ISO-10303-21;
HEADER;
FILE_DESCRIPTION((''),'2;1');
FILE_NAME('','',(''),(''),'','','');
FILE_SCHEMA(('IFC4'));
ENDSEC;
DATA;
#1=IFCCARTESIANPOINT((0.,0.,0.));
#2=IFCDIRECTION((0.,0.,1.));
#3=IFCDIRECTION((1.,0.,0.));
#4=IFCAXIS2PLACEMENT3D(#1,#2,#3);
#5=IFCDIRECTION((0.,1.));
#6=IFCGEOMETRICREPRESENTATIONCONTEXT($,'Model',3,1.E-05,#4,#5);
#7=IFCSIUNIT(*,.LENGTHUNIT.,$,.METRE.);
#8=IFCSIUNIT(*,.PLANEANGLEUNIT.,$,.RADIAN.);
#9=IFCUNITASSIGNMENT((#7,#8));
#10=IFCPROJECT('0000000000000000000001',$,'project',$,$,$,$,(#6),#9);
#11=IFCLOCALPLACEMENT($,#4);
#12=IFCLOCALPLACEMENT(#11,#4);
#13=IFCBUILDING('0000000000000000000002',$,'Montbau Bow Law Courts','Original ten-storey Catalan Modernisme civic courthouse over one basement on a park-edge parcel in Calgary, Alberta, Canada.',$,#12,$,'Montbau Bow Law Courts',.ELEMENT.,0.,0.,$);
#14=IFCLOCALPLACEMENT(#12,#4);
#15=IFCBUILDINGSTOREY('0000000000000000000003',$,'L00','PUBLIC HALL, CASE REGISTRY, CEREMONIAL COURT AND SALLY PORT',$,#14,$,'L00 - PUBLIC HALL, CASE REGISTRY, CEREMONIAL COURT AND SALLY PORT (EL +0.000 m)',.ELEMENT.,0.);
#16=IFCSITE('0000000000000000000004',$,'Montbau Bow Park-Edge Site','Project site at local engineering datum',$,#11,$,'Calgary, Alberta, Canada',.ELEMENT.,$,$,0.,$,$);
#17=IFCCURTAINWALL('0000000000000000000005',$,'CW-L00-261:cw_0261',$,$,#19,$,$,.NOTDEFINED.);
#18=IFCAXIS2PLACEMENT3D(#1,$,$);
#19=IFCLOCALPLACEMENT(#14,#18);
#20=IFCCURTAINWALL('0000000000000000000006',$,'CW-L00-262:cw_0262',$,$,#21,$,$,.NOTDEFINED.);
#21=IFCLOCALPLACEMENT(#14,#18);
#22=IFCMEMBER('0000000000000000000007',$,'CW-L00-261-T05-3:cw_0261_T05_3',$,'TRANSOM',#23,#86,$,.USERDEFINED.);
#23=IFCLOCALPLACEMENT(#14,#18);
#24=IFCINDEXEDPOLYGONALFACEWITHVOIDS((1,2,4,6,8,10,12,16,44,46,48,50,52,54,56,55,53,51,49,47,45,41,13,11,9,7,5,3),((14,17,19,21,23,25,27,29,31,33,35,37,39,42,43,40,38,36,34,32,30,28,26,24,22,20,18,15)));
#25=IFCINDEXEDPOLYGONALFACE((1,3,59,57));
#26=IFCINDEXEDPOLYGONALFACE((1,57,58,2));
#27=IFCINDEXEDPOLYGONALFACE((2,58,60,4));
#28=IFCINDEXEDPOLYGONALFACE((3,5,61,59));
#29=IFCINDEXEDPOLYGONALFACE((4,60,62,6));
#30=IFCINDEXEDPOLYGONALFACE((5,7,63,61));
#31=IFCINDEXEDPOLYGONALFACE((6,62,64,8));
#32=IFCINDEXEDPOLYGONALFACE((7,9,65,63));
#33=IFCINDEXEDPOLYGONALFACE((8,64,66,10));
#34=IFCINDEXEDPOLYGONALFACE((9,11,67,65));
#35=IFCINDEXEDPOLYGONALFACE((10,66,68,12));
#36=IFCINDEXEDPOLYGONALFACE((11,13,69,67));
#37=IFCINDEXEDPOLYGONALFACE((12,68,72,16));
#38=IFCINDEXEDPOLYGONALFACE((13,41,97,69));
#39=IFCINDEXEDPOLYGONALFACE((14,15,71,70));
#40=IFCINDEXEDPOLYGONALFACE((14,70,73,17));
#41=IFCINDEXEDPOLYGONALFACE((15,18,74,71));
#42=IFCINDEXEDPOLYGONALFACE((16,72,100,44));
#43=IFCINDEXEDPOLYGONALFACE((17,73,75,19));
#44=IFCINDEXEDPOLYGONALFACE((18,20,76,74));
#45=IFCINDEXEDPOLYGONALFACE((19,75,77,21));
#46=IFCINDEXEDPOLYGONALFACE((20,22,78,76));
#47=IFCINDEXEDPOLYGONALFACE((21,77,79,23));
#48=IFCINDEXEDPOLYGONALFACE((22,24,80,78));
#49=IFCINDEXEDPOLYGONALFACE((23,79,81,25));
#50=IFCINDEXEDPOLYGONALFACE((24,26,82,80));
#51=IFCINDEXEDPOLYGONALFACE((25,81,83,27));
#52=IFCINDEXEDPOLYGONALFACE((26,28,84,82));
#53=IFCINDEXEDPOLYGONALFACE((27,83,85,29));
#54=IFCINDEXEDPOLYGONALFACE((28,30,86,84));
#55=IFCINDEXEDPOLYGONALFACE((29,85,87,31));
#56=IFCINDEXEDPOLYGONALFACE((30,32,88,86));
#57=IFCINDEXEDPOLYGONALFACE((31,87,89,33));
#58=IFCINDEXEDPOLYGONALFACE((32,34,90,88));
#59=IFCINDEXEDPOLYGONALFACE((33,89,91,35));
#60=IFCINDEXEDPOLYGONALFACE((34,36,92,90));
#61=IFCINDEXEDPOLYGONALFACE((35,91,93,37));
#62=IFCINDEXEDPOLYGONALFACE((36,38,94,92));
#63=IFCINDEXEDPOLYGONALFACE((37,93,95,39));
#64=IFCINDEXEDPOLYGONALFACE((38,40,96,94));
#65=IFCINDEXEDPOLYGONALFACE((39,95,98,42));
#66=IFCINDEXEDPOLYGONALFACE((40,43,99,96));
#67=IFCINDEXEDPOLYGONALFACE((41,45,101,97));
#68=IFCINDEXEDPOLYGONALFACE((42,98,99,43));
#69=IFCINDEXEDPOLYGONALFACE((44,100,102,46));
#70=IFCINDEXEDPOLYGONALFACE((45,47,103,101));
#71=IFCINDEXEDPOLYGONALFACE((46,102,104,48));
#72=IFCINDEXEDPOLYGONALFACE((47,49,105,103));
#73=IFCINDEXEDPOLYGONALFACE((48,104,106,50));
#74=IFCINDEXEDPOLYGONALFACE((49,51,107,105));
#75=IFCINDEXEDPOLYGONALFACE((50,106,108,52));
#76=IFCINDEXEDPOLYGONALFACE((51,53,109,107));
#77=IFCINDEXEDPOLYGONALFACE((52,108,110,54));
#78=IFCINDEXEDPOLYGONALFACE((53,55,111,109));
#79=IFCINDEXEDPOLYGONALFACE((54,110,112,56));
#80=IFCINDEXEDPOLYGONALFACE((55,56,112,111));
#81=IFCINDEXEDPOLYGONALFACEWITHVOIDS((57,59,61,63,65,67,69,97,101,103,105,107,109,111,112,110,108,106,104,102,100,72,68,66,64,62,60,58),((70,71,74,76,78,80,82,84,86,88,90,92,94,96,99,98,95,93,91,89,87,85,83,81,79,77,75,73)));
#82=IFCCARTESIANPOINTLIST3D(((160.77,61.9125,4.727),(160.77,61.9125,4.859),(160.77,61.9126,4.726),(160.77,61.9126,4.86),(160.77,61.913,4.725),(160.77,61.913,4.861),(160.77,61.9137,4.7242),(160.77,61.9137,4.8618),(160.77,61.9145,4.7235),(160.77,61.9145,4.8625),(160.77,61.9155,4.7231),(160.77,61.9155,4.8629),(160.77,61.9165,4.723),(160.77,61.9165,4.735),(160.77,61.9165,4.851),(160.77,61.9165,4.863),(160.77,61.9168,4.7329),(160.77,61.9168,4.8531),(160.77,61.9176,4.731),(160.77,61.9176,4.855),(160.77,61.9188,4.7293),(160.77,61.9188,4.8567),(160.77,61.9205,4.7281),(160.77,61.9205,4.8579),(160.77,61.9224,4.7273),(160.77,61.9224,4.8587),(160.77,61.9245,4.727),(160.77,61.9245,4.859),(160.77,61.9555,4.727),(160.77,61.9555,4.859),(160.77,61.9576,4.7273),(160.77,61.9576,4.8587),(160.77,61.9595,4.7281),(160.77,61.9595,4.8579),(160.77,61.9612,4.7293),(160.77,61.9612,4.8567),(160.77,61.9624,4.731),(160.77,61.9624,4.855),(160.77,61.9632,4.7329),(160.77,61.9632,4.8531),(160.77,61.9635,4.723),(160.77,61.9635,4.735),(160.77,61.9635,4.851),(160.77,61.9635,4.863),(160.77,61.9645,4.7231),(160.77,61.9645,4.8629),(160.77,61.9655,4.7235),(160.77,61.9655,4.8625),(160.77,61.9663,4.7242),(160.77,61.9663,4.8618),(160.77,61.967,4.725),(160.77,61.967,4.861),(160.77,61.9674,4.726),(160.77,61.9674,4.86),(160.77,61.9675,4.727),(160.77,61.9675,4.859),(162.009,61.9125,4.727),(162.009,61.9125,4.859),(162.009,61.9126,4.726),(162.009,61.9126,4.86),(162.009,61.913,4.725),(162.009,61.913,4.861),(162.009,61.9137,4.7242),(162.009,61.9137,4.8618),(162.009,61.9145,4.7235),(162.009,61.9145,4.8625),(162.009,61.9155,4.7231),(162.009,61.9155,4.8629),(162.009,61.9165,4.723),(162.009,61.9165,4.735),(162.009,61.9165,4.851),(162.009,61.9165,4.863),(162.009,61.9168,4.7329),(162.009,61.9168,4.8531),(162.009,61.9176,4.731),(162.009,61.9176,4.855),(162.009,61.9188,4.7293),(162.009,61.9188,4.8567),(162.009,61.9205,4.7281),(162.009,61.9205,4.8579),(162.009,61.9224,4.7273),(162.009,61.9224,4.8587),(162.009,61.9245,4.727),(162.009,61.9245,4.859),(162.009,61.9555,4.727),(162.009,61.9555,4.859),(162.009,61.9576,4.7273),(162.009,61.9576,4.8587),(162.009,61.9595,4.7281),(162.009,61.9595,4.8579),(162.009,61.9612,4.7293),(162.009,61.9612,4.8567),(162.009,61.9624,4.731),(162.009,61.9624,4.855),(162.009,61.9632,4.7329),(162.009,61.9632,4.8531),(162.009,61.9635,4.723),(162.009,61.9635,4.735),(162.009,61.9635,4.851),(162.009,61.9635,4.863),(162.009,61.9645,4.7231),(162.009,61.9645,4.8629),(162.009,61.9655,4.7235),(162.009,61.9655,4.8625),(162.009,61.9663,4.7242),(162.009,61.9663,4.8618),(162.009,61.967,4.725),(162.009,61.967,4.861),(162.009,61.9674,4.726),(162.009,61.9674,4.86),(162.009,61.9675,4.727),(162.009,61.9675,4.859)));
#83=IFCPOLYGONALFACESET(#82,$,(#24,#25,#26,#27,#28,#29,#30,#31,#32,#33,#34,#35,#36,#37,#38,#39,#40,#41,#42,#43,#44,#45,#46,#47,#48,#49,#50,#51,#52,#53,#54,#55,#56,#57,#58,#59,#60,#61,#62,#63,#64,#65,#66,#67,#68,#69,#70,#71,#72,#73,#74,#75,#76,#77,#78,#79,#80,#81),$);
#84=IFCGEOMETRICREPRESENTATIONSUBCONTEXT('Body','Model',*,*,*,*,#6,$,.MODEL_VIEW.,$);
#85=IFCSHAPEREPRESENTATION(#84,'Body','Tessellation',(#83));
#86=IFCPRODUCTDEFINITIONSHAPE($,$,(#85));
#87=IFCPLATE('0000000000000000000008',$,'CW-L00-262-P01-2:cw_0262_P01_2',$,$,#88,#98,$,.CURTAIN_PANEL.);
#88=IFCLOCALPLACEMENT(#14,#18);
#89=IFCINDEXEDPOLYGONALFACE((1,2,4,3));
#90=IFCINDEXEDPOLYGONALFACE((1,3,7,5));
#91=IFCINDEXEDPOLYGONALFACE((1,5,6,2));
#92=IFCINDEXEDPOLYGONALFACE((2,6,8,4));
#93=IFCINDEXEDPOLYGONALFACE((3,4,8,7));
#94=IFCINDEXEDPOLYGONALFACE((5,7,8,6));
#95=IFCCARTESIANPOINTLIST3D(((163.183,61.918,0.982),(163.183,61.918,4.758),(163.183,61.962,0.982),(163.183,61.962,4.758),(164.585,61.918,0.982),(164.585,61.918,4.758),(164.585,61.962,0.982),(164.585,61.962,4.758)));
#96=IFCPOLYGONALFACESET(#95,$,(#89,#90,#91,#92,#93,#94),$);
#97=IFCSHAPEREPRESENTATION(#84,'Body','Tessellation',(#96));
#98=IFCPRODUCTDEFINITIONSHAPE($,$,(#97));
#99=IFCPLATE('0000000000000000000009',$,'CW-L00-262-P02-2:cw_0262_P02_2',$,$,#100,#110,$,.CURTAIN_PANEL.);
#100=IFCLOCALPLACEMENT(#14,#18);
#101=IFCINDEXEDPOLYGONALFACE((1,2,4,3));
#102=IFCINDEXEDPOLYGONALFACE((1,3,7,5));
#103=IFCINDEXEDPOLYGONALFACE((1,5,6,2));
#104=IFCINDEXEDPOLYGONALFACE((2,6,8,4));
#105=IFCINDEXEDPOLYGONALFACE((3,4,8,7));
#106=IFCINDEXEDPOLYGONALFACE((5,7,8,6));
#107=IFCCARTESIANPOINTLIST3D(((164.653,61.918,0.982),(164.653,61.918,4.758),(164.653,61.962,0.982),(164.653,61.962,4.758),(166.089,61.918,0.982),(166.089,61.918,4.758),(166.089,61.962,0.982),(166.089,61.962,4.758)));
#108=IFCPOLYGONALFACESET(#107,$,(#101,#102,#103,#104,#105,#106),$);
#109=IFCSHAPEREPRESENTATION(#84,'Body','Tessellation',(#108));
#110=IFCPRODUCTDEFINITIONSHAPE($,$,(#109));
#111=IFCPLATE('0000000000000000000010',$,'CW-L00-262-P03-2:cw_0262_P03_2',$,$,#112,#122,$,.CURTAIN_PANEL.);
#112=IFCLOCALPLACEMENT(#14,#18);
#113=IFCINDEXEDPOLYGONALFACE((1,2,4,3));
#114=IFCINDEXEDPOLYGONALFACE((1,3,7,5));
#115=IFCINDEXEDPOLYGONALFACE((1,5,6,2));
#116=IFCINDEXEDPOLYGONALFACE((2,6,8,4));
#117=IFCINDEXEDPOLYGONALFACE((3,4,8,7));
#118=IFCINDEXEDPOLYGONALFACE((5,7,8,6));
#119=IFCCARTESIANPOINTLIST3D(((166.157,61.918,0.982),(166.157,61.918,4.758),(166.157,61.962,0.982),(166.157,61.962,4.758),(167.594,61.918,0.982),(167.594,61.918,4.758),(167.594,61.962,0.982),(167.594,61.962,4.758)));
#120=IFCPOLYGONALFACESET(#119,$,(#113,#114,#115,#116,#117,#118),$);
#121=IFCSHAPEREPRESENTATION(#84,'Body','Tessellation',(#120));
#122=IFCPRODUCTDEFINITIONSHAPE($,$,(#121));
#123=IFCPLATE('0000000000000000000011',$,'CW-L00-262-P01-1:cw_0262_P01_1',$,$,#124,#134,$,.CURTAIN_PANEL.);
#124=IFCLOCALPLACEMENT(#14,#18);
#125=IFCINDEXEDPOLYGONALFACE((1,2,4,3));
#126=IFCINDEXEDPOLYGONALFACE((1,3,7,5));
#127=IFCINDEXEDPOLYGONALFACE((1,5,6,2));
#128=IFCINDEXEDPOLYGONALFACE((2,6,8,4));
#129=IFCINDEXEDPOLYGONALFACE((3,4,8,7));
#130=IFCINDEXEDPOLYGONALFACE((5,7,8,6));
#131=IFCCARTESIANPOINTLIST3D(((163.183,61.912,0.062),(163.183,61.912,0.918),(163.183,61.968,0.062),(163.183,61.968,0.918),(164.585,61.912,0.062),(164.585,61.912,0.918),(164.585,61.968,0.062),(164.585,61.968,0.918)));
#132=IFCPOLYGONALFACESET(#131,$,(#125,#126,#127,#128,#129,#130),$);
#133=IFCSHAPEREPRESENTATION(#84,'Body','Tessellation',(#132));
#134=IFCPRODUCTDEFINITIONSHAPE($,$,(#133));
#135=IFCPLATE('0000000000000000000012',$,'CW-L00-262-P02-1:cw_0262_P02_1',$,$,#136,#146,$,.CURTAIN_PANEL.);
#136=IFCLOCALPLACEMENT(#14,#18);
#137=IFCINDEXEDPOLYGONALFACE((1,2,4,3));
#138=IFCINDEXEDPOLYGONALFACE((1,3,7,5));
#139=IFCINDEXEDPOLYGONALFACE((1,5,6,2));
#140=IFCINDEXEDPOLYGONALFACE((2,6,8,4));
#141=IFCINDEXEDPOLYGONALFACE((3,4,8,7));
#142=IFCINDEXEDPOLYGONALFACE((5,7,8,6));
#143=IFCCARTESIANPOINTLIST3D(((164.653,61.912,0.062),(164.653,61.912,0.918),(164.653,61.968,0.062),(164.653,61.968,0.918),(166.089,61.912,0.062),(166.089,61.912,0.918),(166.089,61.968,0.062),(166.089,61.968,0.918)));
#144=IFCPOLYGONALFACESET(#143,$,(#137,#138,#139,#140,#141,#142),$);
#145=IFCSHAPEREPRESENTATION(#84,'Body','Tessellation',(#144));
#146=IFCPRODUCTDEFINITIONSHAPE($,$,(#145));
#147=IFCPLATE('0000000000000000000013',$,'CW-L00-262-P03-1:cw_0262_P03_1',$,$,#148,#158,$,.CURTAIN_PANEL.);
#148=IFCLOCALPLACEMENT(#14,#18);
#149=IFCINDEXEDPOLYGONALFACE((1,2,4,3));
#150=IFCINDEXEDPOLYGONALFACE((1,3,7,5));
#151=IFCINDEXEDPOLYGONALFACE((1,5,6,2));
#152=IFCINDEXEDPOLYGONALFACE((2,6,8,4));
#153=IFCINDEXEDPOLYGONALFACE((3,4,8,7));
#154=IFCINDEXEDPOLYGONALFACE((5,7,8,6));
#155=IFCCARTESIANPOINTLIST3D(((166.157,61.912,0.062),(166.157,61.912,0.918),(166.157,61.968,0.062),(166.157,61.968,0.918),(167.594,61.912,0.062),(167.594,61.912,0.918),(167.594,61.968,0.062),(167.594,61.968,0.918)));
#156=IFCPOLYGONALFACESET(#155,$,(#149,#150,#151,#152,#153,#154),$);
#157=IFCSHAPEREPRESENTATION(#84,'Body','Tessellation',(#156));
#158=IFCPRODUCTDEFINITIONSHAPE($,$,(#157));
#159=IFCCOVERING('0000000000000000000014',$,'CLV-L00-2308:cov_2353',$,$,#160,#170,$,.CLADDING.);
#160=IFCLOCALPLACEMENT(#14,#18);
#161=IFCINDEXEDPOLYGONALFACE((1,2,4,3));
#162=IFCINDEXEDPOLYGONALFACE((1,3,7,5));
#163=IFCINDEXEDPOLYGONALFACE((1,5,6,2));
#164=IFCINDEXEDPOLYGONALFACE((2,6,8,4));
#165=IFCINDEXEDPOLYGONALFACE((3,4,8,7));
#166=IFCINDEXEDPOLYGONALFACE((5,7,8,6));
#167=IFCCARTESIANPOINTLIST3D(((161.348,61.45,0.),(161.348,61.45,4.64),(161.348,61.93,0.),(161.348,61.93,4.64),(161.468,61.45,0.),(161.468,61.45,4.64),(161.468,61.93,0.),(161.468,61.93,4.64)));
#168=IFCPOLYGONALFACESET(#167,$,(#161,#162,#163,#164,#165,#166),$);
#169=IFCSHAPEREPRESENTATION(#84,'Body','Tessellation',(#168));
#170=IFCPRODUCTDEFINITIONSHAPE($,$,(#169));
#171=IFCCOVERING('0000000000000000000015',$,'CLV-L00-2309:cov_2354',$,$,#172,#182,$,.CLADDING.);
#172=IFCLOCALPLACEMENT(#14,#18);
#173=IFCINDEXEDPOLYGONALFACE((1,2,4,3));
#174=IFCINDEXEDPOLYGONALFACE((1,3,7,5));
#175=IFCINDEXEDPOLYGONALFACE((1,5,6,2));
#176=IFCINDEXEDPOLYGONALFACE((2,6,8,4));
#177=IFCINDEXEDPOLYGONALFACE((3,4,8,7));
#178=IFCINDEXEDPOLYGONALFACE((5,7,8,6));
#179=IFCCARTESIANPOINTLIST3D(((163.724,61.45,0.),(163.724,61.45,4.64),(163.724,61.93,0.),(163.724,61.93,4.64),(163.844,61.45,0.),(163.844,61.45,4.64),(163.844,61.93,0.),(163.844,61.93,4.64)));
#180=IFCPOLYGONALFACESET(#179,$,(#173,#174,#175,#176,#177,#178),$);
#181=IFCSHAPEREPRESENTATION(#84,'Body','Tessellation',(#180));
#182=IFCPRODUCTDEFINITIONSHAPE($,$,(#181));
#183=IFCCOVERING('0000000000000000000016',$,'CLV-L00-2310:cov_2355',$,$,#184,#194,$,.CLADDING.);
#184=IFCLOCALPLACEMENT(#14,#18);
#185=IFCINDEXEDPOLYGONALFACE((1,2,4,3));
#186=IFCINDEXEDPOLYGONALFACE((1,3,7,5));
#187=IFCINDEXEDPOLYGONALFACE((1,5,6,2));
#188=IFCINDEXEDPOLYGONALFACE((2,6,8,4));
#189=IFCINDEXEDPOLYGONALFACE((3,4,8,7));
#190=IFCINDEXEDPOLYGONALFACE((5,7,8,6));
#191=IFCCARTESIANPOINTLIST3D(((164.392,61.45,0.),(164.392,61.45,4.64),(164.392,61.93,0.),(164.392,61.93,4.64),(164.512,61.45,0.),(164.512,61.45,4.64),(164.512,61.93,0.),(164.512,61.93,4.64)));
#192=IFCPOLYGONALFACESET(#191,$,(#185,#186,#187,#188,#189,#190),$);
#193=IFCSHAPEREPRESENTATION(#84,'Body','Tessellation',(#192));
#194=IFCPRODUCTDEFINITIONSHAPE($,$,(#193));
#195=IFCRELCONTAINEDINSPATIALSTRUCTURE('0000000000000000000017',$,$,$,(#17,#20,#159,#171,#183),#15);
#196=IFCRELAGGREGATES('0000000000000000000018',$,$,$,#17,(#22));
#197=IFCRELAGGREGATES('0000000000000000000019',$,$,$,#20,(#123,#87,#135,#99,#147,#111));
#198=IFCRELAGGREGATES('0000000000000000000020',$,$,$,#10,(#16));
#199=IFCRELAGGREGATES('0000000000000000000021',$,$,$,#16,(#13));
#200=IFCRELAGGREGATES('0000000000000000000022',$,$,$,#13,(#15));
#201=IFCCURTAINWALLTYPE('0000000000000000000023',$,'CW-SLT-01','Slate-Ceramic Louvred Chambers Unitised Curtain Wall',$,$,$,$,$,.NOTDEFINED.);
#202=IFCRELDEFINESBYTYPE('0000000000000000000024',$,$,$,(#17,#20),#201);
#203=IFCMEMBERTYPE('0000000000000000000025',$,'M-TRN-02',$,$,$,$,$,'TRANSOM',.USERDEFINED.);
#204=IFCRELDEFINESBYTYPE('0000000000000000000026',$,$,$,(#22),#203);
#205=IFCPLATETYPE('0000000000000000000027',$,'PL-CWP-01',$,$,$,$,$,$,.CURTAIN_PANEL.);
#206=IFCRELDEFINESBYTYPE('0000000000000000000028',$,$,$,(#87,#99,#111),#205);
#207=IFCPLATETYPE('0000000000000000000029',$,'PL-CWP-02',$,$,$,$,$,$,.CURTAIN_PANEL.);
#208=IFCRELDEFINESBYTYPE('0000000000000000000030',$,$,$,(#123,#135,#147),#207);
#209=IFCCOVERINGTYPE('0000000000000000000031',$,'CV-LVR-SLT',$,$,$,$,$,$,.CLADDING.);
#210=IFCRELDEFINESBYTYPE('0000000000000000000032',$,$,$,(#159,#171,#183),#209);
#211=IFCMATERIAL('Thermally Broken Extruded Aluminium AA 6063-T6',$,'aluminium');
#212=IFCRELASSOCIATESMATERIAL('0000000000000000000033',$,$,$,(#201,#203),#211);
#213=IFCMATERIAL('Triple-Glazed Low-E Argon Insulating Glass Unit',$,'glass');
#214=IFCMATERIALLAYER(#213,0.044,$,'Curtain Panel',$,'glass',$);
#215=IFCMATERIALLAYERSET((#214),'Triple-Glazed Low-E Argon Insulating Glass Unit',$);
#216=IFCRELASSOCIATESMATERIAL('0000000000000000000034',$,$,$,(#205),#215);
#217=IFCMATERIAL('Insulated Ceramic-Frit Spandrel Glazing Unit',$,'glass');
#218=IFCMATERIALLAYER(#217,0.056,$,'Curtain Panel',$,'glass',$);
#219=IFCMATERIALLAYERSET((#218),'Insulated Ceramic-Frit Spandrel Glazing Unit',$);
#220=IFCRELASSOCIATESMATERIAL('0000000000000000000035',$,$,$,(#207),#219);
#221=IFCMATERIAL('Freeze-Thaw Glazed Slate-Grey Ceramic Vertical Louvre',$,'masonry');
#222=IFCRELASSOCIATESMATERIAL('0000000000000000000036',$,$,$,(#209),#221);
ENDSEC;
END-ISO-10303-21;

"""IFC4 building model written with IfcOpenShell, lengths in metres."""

from ifc_helpers import new_model, si_unit, direction, frame, frame_2d, origin_with_axes, origin_2d_with_axis, place, context, subcontext, project, spatial, rectangle, hollow_rectangle, extrude, material, layer, layer_set, material_profile, profile_set, type_object, element, aggregate, save


model = new_model("IFC4")

# Units and contexts
model_context = context("Model", 3, precision=1e-05, world=origin_with_axes(), true_north=direction((0.0, 1.0)))
body_context = subcontext(model_context, "Body", "Model", "MODEL_VIEW")
ifc_project = project(units=[si_unit("LENGTHUNIT", "METRE"), si_unit("PLANEANGLEUNIT", "RADIAN")], contexts=[model_context])

# Site, building, storey
site_placement = place(None, origin_with_axes())
site = spatial("IfcSite", under=ifc_project, at=site_placement, Name="Montbau Bow Park-Edge Site", Description="Project site at local engineering datum", LongName="Calgary, Alberta, Canada", CompositionType="ELEMENT", RefElevation=0.0)
building_placement = place(site_placement, origin_with_axes())
building = spatial("IfcBuilding", under=site, at=building_placement, Name="Montbau Bow Law Courts", Description="Original ten-storey Catalan Modernisme civic courthouse over one basement on a park-edge parcel in Calgary, Alberta, Canada.", LongName="Montbau Bow Law Courts", CompositionType="ELEMENT", ElevationOfRefHeight=0.0, ElevationOfTerrain=0.0)
storey_placement = place(building_placement, origin_with_axes())
storey = spatial("IfcBuildingStorey", under=building, at=storey_placement, Name="L00", Description="PUBLIC HALL, CASE REGISTRY, CEREMONIAL COURT AND SALLY PORT", LongName="L00 - PUBLIC HALL, CASE REGISTRY, CEREMONIAL COURT AND SALLY PORT (EL +0.000 m)", CompositionType="ELEMENT", Elevation=0.0)

# Curtain wall
ifc_material_1 = material(Name="Thermally Broken Extruded Aluminium AA 6063-T6", Category="aluminium")
curtain_wall_type = type_object("IfcCurtainWallType", Name="CW-SLT-01", Description="Slate-Ceramic Louvred Chambers Unitised Curtain Wall", PredefinedType="NOTDEFINED", material=ifc_material_1)
curtain_wall_1_placement = place(None, frame((155.315, 61.94, 0.0), z_axis=(0.0, 0.0, 1.0), x_axis=(1.0, 0.0, 0.0)))
curtain_wall_1 = element("IfcCurtainWall", 1, at=curtain_wall_1_placement, inside=storey, type_object=curtain_wall_type, Name="CW-L00-261:cw_0261", PredefinedType="NOTDEFINED")

# Curtain wall
curtain_wall_2_placement = place(None, frame((163.115, 61.94, 0.0), z_axis=(0.0, 0.0, 1.0), x_axis=(1.0, 0.0, 0.0)))
curtain_wall_2 = element("IfcCurtainWall", 2, at=curtain_wall_2_placement, inside=storey, type_object=curtain_wall_type, Name="CW-L00-262:cw_0262", PredefinedType="NOTDEFINED")

# Member
ifc_material_profile_1 = material_profile(ifc_material_1, hollow_rectangle(XDim=0.055, YDim=0.14, WallThickness=0.004, InnerFilletRadius=0.008, OuterFilletRadius=0.004, at=origin_2d_with_axis()), Name="CWT-140X55", Category="Main", Priority=0)
ifc_profile_set_1 = profile_set([ifc_material_profile_1], Name="Thermally Broken Extruded Aluminium AA 6063-T6")
member_type_1 = type_object("IfcMemberType", Name="M-TRN-02", ElementType="TRANSOM", PredefinedType="USERDEFINED", material=ifc_profile_set_1)
member_1_placement = place(None, frame((160.77, 61.94, 4.793), z_axis=(1.0, 0.0, 0.0), x_axis=(0.0, 1.0, 0.0)))
member_1 = element("IfcMember", 3, at=member_1_placement, type_object=member_type_1, Name="CW-L00-261-T05-3:cw_0261_T05_3", ObjectType="TRANSOM", PredefinedType="USERDEFINED", context=body_context, shape_type="SweptSolid", body=[
    extrude(hollow_rectangle(XDim=0.055, YDim=0.14, WallThickness=0.004, InnerFilletRadius=0.008, OuterFilletRadius=0.004, at=origin_2d_with_axis()), origin_with_axes(), (0.0, 0.0, 1.0), 1.239),
])
aggregate(curtain_wall_1, [member_1])

# Plates
ifc_material_2 = material(Name="Triple-Glazed Low-E Argon Insulating Glass Unit", Category="glass")
ifc_layer_1 = layer(ifc_material_2, 0.044, Name="Curtain Panel", Category="glass")
ifc_layer_set_1 = layer_set([ifc_layer_1], Name="Triple-Glazed Low-E Argon Insulating Glass Unit")
plate_type_1 = type_object("IfcPlateType", Name="PL-CWP-01", PredefinedType="CURTAIN_PANEL", material=ifc_layer_set_1)
plate_1_placement = place(None, frame((163.183, 61.94, 0.982), z_axis=(0.0, -1.0, 0.0), x_axis=(1.0, 0.0, 0.0)))
plate_1 = element("IfcPlate", 4, at=plate_1_placement, type_object=plate_type_1, Name="CW-L00-262-P01-2:cw_0262_P01_2", PredefinedType="CURTAIN_PANEL", context=body_context, shape_type="SweptSolid", body=[
    extrude(rectangle(XDim=1.402, YDim=3.776, at=frame_2d((0.701, 1.888), x_axis=(1.0, 0.0))), frame((0.0, 0.0, -0.022), z_axis=(0.0, 0.0, 1.0), x_axis=(1.0, 0.0, 0.0)), (0.0, 0.0, 1.0), 0.044),
])
plate_2_placement = place(None, frame((164.653, 61.94, 0.982), z_axis=(0.0, -1.0, 0.0), x_axis=(1.0, 0.0, 0.0)))
plate_2 = element("IfcPlate", 5, at=plate_2_placement, type_object=plate_type_1, Name="CW-L00-262-P02-2:cw_0262_P02_2", PredefinedType="CURTAIN_PANEL", context=body_context, shape_type="SweptSolid", body=[
    extrude(rectangle(XDim=1.436, YDim=3.776, at=frame_2d((0.718, 1.888), x_axis=(1.0, 0.0))), frame((0.0, 0.0, -0.022), z_axis=(0.0, 0.0, 1.0), x_axis=(1.0, 0.0, 0.0)), (0.0, 0.0, 1.0), 0.044),
])
plate_3_placement = place(None, frame((166.157, 61.94, 0.982), z_axis=(0.0, -1.0, 0.0), x_axis=(1.0, 0.0, 0.0)))
plate_3 = element("IfcPlate", 6, at=plate_3_placement, type_object=plate_type_1, Name="CW-L00-262-P03-2:cw_0262_P03_2", PredefinedType="CURTAIN_PANEL", context=body_context, shape_type="SweptSolid", body=[
    extrude(rectangle(XDim=1.437, YDim=3.776, at=frame_2d((0.7185, 1.888), x_axis=(1.0, 0.0))), frame((0.0, 0.0, -0.022), z_axis=(0.0, 0.0, 1.0), x_axis=(1.0, 0.0, 0.0)), (0.0, 0.0, 1.0), 0.044),
])
ifc_material_3 = material(Name="Insulated Ceramic-Frit Spandrel Glazing Unit", Category="glass")
ifc_layer_2 = layer(ifc_material_3, 0.056, Name="Curtain Panel", Category="glass")
ifc_layer_set_2 = layer_set([ifc_layer_2], Name="Insulated Ceramic-Frit Spandrel Glazing Unit")
plate_type_2 = type_object("IfcPlateType", Name="PL-CWP-02", PredefinedType="CURTAIN_PANEL", material=ifc_layer_set_2)
plate_4_placement = place(None, frame((163.183, 61.94, 0.062), z_axis=(0.0, -1.0, 0.0), x_axis=(1.0, 0.0, 0.0)))
plate_4 = element("IfcPlate", 7, at=plate_4_placement, type_object=plate_type_2, Name="CW-L00-262-P01-1:cw_0262_P01_1", PredefinedType="CURTAIN_PANEL", context=body_context, shape_type="SweptSolid", body=[
    extrude(rectangle(XDim=1.402, YDim=0.856, at=frame_2d((0.701, 0.428), x_axis=(1.0, 0.0))), frame((0.0, 0.0, -0.028), z_axis=(0.0, 0.0, 1.0), x_axis=(1.0, 0.0, 0.0)), (0.0, 0.0, 1.0), 0.056),
])
plate_5_placement = place(None, frame((164.653, 61.94, 0.062), z_axis=(0.0, -1.0, 0.0), x_axis=(1.0, 0.0, 0.0)))
plate_5 = element("IfcPlate", 8, at=plate_5_placement, type_object=plate_type_2, Name="CW-L00-262-P02-1:cw_0262_P02_1", PredefinedType="CURTAIN_PANEL", context=body_context, shape_type="SweptSolid", body=[
    extrude(rectangle(XDim=1.436, YDim=0.856, at=frame_2d((0.718, 0.428), x_axis=(1.0, 0.0))), frame((0.0, 0.0, -0.028), z_axis=(0.0, 0.0, 1.0), x_axis=(1.0, 0.0, 0.0)), (0.0, 0.0, 1.0), 0.056),
])
plate_6_placement = place(None, frame((166.157, 61.94, 0.062), z_axis=(0.0, -1.0, 0.0), x_axis=(1.0, 0.0, 0.0)))
plate_6 = element("IfcPlate", 9, at=plate_6_placement, type_object=plate_type_2, Name="CW-L00-262-P03-1:cw_0262_P03_1", PredefinedType="CURTAIN_PANEL", context=body_context, shape_type="SweptSolid", body=[
    extrude(rectangle(XDim=1.437, YDim=0.856, at=frame_2d((0.7185, 0.428), x_axis=(1.0, 0.0))), frame((0.0, 0.0, -0.028), z_axis=(0.0, 0.0, 1.0), x_axis=(1.0, 0.0, 0.0)), (0.0, 0.0, 1.0), 0.056),
])
aggregate(curtain_wall_2, [plate_4, plate_1, plate_5, plate_2, plate_6, plate_3])

# Coverings
ifc_material_4 = material(Name="Freeze-Thaw Glazed Slate-Grey Ceramic Vertical Louvre", Category="masonry")
covering_type = type_object("IfcCoveringType", Name="CV-LVR-SLT", PredefinedType="CLADDING", material=ifc_material_4)
for number, where, z_axis, x_axis, name in (
    (10, (161.408, 61.93, 0.0), (-1.0, 0.0, 0.0), (0.0, -1.0, 0.0), "CLV-L00-2308:cov_2353"),
    (11, (163.784, 61.93, 0.0), (-1.0, 0.0, 0.0), (0.0, -1.0, 0.0), "CLV-L00-2309:cov_2354"),
    (12, (164.452, 61.93, 0.0), (-1.0, 0.0, 0.0), (0.0, -1.0, 0.0), "CLV-L00-2310:cov_2355"),
):
    element("IfcCovering", number, at=place(None, frame(where, z_axis=z_axis, x_axis=x_axis)), inside=storey, type_object=covering_type, Name=name, PredefinedType="CLADDING", context=body_context, shape_type="SweptSolid", body=[
        extrude(rectangle(XDim=0.48, YDim=4.64, at=frame_2d((0.24, 2.32), x_axis=(1.0, 0.0))), frame((0.0, 0.0, -0.06), z_axis=(0.0, 0.0, 1.0), x_axis=(1.0, 0.0, 0.0)), (0.0, 0.0, 1.0), 0.12),
    ])

save(model, "model.ifc")
